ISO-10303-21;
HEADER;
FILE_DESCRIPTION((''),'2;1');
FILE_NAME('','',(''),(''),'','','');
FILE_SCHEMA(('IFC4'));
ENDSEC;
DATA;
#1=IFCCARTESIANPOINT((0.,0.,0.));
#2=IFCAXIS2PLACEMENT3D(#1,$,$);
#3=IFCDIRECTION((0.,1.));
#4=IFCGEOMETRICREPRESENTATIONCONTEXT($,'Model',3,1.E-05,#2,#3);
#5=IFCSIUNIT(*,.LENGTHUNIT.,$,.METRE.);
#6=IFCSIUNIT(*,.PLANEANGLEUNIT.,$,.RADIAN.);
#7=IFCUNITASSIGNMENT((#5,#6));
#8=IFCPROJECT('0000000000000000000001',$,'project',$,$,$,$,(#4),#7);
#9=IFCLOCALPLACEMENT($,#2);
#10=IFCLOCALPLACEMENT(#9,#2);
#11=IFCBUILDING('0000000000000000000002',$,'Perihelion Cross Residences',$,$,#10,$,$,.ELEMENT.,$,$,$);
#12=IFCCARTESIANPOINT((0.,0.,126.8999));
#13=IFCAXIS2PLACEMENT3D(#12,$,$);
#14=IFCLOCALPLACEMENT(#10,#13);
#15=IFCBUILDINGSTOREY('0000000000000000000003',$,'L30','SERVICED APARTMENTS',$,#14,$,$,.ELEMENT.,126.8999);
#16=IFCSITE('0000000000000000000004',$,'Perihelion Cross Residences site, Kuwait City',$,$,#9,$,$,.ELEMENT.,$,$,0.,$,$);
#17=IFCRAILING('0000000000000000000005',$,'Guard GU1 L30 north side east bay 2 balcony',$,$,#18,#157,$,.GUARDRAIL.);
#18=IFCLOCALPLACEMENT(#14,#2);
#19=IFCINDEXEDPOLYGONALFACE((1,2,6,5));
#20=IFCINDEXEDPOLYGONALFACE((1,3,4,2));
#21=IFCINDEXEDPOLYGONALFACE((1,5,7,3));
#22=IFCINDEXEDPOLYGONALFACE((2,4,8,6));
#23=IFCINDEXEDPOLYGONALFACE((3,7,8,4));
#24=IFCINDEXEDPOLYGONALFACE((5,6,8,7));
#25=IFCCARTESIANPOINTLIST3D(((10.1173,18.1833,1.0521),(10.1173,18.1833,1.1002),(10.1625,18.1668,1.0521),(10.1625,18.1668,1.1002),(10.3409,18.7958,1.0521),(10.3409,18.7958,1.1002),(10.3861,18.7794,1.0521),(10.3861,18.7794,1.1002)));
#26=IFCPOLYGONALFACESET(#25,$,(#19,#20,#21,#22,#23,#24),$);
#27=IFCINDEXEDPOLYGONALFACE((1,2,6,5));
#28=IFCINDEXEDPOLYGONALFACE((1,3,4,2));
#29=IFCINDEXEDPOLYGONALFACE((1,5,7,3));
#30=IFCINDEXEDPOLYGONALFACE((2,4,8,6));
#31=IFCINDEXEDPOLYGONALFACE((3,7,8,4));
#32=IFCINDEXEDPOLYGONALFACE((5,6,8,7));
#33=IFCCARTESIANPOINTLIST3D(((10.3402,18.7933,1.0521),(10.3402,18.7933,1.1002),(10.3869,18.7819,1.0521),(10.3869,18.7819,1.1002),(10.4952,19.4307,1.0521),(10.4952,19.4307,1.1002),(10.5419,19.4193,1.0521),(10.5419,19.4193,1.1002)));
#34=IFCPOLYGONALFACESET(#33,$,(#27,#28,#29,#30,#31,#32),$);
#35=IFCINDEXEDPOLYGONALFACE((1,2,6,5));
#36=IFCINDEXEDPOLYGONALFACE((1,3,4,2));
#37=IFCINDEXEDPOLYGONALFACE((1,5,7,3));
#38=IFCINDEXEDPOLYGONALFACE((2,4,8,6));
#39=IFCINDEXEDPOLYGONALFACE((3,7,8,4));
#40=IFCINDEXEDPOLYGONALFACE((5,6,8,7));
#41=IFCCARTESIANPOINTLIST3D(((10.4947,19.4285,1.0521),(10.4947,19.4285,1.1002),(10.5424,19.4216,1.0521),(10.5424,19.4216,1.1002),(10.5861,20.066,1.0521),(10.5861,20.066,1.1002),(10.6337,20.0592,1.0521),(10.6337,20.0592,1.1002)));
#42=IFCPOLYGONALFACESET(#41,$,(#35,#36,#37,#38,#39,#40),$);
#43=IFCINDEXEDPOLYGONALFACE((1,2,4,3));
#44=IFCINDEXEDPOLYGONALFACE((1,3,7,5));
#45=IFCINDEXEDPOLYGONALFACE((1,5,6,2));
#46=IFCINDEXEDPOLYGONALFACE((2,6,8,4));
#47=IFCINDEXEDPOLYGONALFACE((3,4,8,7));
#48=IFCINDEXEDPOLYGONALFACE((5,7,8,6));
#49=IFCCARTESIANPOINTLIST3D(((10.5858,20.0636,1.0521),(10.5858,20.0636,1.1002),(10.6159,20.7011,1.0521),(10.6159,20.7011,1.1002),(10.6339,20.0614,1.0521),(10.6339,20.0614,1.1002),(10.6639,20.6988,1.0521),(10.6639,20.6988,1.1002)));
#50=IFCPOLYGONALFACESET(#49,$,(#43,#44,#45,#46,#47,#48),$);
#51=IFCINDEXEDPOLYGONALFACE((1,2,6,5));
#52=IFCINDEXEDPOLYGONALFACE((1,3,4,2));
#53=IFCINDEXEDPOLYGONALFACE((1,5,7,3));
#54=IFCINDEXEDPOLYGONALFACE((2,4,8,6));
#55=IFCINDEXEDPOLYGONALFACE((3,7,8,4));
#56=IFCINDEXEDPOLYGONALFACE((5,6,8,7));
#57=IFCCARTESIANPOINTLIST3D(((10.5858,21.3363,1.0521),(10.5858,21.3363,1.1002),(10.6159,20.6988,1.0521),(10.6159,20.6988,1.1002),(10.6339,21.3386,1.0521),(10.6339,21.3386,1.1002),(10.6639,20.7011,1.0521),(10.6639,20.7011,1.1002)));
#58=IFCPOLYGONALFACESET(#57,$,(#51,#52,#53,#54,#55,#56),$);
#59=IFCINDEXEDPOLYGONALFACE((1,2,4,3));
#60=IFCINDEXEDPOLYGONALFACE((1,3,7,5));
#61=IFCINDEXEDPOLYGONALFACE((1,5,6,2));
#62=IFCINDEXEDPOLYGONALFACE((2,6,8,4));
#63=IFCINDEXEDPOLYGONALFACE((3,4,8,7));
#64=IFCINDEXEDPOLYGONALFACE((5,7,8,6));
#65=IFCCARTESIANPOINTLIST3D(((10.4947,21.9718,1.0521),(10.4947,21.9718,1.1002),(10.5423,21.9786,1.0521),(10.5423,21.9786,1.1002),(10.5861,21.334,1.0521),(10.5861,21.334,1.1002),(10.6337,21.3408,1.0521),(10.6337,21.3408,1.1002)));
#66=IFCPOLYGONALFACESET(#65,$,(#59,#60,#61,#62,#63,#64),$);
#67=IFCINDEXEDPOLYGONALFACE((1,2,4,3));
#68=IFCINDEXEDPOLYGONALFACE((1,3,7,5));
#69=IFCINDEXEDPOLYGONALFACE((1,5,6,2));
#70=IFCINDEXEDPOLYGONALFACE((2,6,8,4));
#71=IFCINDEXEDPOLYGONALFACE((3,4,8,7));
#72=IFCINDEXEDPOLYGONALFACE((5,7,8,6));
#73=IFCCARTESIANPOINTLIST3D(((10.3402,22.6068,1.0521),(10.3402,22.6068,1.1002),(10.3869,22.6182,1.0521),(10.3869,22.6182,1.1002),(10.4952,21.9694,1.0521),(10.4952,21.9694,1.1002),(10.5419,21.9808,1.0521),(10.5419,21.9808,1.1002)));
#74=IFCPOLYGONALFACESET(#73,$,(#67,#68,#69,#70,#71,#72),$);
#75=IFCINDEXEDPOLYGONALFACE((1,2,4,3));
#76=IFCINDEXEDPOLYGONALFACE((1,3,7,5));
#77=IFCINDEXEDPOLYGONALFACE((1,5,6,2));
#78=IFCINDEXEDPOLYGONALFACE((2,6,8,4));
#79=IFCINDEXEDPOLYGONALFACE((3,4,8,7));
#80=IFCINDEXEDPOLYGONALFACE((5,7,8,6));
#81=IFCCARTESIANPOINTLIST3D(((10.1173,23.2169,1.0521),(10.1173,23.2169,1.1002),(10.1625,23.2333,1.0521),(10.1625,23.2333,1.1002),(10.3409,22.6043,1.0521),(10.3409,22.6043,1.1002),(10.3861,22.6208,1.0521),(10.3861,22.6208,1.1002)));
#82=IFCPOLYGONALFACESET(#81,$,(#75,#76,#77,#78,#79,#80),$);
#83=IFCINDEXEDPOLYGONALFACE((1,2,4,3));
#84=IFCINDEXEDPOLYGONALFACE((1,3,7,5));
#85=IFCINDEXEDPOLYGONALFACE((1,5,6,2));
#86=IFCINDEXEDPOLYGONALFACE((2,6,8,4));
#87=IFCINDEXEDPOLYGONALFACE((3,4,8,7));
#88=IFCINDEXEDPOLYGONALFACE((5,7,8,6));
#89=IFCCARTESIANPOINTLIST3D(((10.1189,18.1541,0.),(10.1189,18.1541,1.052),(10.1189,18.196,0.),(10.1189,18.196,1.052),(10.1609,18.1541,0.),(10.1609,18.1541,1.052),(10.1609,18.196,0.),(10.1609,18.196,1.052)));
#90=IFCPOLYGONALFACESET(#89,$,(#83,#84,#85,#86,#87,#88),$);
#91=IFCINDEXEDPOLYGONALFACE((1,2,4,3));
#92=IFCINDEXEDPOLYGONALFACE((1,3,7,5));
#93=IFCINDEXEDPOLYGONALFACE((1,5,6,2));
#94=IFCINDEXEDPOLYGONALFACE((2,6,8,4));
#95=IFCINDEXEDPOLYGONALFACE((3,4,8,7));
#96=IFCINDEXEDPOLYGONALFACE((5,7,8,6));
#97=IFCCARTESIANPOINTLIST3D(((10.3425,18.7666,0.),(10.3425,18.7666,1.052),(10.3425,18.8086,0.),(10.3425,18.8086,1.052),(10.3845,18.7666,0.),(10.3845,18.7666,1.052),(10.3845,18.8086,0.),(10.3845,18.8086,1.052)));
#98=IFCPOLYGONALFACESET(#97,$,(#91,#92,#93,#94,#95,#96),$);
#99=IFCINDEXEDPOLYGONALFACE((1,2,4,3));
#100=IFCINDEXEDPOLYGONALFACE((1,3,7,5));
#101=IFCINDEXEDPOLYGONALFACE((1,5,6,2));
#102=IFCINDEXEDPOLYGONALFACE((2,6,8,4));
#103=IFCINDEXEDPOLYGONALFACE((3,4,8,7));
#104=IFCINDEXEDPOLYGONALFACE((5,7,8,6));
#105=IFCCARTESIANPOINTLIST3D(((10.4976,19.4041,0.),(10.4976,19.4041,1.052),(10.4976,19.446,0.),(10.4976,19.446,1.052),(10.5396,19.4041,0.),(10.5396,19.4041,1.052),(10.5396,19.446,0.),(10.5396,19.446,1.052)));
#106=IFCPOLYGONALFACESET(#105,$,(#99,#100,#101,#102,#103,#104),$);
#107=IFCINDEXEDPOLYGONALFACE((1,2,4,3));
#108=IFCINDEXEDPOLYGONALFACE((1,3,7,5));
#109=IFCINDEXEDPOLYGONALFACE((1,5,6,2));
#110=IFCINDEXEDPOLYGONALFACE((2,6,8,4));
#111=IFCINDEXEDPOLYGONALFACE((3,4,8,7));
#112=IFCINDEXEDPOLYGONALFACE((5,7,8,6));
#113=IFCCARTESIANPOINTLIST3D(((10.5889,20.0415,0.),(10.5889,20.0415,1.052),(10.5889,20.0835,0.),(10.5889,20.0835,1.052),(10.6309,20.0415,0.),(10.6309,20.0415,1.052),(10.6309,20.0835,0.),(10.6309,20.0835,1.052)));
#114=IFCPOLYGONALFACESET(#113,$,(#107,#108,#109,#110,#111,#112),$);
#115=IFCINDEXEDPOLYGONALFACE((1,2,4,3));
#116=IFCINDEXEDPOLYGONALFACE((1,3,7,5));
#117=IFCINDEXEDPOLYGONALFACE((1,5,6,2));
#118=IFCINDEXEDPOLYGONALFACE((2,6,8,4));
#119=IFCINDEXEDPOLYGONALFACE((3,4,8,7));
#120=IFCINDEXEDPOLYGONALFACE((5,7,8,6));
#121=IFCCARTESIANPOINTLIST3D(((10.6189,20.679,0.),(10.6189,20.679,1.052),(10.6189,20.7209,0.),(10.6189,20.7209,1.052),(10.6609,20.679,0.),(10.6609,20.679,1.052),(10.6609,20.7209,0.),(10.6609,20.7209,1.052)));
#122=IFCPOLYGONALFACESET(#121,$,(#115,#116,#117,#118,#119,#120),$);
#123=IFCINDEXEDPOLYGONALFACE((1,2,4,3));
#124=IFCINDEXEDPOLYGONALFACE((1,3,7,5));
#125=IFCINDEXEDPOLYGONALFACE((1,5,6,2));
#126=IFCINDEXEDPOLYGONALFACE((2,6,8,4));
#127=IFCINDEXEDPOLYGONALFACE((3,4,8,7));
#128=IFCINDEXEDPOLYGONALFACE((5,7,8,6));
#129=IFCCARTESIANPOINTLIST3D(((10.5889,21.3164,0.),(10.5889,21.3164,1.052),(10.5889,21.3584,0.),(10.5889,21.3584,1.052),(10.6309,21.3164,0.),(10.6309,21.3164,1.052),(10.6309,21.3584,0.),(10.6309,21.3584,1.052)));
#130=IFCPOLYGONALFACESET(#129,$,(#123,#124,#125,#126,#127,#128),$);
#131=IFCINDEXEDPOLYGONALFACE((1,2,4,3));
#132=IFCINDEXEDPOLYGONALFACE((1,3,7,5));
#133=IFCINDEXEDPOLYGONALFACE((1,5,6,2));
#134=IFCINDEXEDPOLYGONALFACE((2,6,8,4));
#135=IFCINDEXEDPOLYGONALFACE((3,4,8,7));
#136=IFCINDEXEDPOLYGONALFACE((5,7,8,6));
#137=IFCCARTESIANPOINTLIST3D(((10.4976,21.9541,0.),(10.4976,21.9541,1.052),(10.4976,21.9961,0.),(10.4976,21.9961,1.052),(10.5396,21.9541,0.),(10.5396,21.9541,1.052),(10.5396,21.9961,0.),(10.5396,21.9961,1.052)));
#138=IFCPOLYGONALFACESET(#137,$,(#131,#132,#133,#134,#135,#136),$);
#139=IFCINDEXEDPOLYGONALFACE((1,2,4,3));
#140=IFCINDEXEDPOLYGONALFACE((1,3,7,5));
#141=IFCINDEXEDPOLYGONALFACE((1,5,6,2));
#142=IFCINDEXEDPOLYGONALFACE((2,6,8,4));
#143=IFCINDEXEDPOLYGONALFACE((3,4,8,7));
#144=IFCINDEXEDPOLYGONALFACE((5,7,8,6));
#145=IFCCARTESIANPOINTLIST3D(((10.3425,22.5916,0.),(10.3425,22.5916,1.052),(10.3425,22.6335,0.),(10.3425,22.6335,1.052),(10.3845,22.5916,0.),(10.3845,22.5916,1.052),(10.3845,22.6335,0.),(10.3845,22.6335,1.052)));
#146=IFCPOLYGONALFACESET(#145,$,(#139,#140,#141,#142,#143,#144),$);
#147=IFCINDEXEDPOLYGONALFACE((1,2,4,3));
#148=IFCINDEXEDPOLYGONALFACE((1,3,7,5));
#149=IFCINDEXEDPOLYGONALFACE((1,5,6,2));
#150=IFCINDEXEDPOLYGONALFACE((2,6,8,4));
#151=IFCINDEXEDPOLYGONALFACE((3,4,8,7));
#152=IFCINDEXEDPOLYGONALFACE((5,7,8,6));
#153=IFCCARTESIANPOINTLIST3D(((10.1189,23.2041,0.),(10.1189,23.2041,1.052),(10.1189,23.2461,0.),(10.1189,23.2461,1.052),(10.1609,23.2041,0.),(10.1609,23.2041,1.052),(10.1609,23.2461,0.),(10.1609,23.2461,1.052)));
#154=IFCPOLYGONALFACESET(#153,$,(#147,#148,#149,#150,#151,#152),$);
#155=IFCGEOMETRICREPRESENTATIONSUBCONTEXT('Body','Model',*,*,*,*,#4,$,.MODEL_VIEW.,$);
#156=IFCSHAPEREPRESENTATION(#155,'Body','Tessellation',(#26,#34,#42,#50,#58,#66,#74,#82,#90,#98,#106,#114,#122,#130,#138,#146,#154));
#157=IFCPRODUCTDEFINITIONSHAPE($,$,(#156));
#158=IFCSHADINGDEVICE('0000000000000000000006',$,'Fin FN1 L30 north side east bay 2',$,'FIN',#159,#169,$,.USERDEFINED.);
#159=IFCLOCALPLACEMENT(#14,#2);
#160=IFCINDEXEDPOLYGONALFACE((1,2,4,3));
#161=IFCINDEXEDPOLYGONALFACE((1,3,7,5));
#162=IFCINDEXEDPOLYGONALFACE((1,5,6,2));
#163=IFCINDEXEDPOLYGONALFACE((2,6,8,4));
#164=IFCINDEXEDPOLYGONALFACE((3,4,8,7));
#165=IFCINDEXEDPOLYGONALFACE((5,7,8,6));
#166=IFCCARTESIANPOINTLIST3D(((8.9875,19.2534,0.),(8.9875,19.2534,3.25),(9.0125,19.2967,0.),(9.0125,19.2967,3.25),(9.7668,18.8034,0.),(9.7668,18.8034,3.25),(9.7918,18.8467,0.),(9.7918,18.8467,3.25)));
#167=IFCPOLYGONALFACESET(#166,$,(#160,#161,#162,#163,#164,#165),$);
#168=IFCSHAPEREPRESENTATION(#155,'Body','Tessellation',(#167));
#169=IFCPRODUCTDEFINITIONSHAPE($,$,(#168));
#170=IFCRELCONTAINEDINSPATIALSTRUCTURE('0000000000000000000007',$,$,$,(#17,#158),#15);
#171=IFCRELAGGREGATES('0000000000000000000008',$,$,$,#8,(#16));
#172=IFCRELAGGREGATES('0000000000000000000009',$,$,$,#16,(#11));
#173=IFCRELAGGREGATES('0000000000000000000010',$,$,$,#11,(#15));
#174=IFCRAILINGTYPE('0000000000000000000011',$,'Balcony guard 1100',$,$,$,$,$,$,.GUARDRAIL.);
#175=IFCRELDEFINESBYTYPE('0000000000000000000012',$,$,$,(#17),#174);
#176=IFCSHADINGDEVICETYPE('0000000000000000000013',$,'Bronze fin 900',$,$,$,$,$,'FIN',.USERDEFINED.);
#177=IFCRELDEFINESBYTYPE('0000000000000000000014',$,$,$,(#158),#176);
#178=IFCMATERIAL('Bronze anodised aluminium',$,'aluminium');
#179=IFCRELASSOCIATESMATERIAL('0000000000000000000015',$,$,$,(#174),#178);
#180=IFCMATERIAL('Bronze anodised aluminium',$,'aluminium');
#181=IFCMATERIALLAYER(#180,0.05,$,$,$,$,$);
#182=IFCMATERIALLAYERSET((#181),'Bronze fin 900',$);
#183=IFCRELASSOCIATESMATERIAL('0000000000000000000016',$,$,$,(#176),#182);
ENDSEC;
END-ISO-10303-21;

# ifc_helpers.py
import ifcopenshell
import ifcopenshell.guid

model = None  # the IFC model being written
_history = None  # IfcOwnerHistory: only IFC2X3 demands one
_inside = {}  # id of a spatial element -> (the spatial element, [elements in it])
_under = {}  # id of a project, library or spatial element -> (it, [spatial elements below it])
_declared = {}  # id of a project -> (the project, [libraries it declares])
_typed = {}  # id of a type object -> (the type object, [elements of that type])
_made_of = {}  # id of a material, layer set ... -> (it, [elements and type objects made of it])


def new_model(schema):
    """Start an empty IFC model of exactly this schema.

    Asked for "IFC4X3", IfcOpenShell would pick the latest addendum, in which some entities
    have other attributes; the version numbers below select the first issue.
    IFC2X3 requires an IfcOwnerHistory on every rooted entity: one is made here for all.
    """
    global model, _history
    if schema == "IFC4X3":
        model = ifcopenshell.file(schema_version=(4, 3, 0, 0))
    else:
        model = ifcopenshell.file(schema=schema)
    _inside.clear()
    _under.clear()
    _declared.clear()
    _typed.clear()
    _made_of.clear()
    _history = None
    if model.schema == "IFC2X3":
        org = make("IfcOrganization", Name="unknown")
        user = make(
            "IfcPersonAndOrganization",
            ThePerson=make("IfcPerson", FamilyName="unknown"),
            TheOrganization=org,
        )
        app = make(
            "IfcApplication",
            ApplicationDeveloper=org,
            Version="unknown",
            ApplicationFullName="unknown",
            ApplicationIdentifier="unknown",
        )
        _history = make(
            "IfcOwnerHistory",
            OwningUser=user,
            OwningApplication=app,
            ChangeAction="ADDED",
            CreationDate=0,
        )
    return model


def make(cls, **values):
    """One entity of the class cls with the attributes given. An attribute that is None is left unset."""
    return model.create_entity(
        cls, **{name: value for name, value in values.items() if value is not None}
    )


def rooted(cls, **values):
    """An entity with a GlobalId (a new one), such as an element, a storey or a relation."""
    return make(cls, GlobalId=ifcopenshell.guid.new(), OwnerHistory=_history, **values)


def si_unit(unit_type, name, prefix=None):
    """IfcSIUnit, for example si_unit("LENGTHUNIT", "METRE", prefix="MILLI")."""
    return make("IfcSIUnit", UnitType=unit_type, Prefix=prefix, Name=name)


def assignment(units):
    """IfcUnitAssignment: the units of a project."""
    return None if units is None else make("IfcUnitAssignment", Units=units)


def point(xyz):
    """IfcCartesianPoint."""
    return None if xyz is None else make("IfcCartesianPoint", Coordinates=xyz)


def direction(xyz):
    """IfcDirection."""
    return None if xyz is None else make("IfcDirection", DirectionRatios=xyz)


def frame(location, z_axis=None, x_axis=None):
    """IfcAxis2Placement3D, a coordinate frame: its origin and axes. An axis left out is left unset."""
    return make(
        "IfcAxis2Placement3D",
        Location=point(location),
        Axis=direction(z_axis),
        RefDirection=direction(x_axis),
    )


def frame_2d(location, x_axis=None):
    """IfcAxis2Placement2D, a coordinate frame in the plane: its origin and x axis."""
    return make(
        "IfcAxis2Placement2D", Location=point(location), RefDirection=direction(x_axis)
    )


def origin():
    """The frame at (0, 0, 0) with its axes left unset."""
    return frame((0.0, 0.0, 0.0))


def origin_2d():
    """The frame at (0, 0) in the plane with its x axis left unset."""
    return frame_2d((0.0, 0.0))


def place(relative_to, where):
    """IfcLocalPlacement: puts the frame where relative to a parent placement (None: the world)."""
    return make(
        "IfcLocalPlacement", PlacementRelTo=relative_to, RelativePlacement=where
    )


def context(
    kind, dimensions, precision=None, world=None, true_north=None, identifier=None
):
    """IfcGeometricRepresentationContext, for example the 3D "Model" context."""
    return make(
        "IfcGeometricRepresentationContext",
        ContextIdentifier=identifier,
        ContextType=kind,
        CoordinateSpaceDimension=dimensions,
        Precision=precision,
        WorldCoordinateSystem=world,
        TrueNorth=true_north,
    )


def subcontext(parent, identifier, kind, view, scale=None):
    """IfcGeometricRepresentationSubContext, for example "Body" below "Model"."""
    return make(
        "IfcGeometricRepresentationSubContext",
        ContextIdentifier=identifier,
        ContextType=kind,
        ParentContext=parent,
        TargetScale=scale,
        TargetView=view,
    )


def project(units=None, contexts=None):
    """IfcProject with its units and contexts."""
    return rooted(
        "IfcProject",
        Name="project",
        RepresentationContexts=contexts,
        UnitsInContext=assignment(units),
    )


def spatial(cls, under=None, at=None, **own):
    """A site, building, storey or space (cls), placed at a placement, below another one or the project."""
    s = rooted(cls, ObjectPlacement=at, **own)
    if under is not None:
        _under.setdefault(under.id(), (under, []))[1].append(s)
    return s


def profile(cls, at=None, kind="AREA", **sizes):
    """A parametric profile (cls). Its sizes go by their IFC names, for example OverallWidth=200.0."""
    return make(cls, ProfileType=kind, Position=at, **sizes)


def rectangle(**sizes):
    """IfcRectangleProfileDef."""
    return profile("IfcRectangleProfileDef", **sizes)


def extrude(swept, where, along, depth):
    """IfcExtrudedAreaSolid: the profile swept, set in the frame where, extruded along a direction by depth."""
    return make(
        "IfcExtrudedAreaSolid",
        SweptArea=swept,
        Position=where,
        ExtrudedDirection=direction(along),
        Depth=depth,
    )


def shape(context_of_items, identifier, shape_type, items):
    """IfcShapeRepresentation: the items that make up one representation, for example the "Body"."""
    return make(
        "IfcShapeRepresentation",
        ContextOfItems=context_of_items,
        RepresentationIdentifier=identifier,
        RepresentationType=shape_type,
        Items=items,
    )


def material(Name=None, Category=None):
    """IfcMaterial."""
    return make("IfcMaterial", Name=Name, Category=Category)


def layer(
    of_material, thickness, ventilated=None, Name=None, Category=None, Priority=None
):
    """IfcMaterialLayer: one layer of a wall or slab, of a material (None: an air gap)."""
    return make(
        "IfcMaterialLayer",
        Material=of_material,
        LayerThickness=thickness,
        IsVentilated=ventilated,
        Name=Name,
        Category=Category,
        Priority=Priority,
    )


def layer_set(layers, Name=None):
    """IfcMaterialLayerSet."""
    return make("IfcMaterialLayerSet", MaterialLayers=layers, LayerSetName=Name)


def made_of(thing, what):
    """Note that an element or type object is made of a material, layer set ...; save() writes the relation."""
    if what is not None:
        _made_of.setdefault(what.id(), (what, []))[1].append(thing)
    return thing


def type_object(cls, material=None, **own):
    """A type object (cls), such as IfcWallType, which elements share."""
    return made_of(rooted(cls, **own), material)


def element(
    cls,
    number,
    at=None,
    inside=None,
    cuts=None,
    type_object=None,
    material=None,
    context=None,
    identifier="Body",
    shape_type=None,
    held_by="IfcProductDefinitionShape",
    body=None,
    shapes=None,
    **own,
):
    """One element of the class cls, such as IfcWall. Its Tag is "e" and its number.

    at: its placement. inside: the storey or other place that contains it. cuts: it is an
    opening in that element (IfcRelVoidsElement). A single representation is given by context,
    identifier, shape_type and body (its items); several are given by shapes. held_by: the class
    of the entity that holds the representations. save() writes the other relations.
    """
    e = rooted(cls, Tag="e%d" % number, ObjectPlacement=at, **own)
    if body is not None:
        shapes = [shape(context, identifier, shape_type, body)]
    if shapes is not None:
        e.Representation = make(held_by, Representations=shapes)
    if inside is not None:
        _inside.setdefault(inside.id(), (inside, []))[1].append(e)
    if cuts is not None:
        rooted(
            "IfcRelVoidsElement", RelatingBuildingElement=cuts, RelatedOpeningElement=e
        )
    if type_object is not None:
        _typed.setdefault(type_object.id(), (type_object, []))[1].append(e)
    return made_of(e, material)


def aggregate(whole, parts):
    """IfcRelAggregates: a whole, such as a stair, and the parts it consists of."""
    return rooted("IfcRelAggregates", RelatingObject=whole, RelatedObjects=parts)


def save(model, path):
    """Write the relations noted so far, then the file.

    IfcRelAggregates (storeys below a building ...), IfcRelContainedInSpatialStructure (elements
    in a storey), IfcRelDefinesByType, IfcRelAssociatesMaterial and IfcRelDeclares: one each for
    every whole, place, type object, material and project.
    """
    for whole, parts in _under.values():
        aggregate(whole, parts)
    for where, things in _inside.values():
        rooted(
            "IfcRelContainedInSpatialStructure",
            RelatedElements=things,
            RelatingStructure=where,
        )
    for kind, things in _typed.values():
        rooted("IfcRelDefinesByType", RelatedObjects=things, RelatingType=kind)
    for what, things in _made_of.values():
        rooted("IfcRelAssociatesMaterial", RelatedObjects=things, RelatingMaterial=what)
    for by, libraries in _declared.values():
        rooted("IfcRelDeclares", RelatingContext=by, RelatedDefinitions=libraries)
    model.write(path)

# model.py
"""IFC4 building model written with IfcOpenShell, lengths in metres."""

from ifc_helpers import new_model, si_unit, direction, frame, origin, origin_2d, place, context, subcontext, project, spatial, rectangle, extrude, material, layer, layer_set, type_object, element, save


model = new_model("IFC4")

# Units and contexts
model_context = context("Model", 3, precision=1e-05, world=origin(), true_north=direction((0.0, 1.0)))
body_context = subcontext(model_context, "Body", "Model", "MODEL_VIEW")
ifc_project = project(units=[si_unit("LENGTHUNIT", "METRE"), si_unit("PLANEANGLEUNIT", "RADIAN")], contexts=[model_context])

# Site, building, storey
site_placement = place(None, origin())
site = spatial("IfcSite", under=ifc_project, at=site_placement, Name="Perihelion Cross Residences site, Kuwait City", CompositionType="ELEMENT", RefElevation=0.0)
building_placement = place(site_placement, origin())
building = spatial("IfcBuilding", under=site, at=building_placement, Name="Perihelion Cross Residences", CompositionType="ELEMENT")
storey_placement = place(building_placement, frame((0.0, 0.0, 126.8999)))
storey = spatial("IfcBuildingStorey", under=building, at=storey_placement, Name="L30", Description="SERVICED APARTMENTS", CompositionType="ELEMENT", Elevation=126.8999)

# Railing
ifc_material_1 = material(Name="Bronze anodised aluminium", Category="aluminium")
railing_type = type_object("IfcRailingType", Name="Balcony guard 1100", PredefinedType="GUARDRAIL", material=ifc_material_1)
railing_1_placement = place(storey_placement, frame((10.1399, 18.175, 0.0)))
element("IfcRailing", 1, at=railing_1_placement, inside=storey, type_object=railing_type, Name="Guard GU1 L30 north side east bay 2 balcony", PredefinedType="GUARDRAIL", context=body_context, shape_type="SweptSolid", body=[
    extrude(rectangle(XDim=0.0481, YDim=0.0481, at=origin_2d()), frame((0.0, 0.0, 1.0762), z_axis=(0.342945, 0.939355, 0.0), x_axis=(-0.939355, 0.342945, 0.0)), (0.0, 0.0, 1.0), 0.6521),
    extrude(rectangle(XDim=0.0481, YDim=0.0481, at=origin_2d()), frame((0.2236, 0.6125, 1.0762), z_axis=(0.236314, 0.971677, 0.0), x_axis=(-0.971677, 0.236314, 0.0)), (0.0, 0.0, 1.0), 0.656),
    extrude(rectangle(XDim=0.0481, YDim=0.0481, at=origin_2d()), frame((0.3787, 1.25, 1.0762), z_axis=(0.141793, 0.989896, 0.0), x_axis=(-0.989896, 0.141793, 0.0)), (0.0, 0.0, 1.0), 0.644),
    extrude(rectangle(XDim=0.0481, YDim=0.0481, at=origin_2d()), frame((0.47, 1.8875, 1.0762), z_axis=(0.047056, 0.998892, 0.0), x_axis=(-0.998892, 0.047056, 0.0)), (0.0, 0.0, 1.0), 0.6382),
    extrude(rectangle(XDim=0.0481, YDim=0.0481, at=origin_2d()), frame((0.5, 2.5249, 1.0762), z_axis=(-0.047056, 0.998892, 0.0), x_axis=(-0.998892, -0.047056, 0.0)), (0.0, 0.0, 1.0), 0.6382),
    extrude(rectangle(XDim=0.0481, YDim=0.0481, at=origin_2d()), frame((0.47, 3.1624, 1.0762), z_axis=(-0.14174, 0.989904, 0.0), x_axis=(-0.989904, -0.14174, 0.0)), (0.0, 0.0, 1.0), 0.6443),
    extrude(rectangle(XDim=0.0481, YDim=0.0481, at=origin_2d()), frame((0.3787, 3.8, 1.0762), z_axis=(-0.236314, 0.971677, 0.0), x_axis=(-0.971677, -0.236314, 0.0)), (0.0, 0.0, 1.0), 0.656),
    extrude(rectangle(XDim=0.0481, YDim=0.0481, at=origin_2d()), frame((0.2236, 4.4375, 1.0762), z_axis=(-0.342945, 0.939355, 0.0), x_axis=(-0.939355, -0.342945, 0.0)), (0.0, 0.0, 1.0), 0.6521),
    extrude(rectangle(XDim=0.042, YDim=0.042, at=origin_2d()), origin(), (0.0, 0.0, 1.0), 1.052),
    extrude(rectangle(XDim=0.042, YDim=0.042, at=origin_2d()), frame((0.2236, 0.6125, 0.0)), (0.0, 0.0, 1.0), 1.052),
    extrude(rectangle(XDim=0.042, YDim=0.042, at=origin_2d()), frame((0.3787, 1.25, 0.0)), (0.0, 0.0, 1.0), 1.052),
    extrude(rectangle(XDim=0.042, YDim=0.042, at=origin_2d()), frame((0.47, 1.8875, 0.0)), (0.0, 0.0, 1.0), 1.052),
    extrude(rectangle(XDim=0.042, YDim=0.042, at=origin_2d()), frame((0.5, 2.5249, 0.0)), (0.0, 0.0, 1.0), 1.052),
    extrude(rectangle(XDim=0.042, YDim=0.042, at=origin_2d()), frame((0.47, 3.1624, 0.0)), (0.0, 0.0, 1.0), 1.052),
    extrude(rectangle(XDim=0.042, YDim=0.042, at=origin_2d()), frame((0.3787, 3.8, 0.0)), (0.0, 0.0, 1.0), 1.052),
    extrude(rectangle(XDim=0.042, YDim=0.042, at=origin_2d()), frame((0.2236, 4.4375, 0.0)), (0.0, 0.0, 1.0), 1.052),
    extrude(rectangle(XDim=0.042, YDim=0.042, at=origin_2d()), frame((0.0, 5.05, 0.0)), (0.0, 0.0, 1.0), 1.052),
])

# Shading device
ifc_material_2 = material(Name="Bronze anodised aluminium", Category="aluminium")
ifc_layer_1 = layer(ifc_material_2, 0.05)
ifc_layer_set_1 = layer_set([ifc_layer_1], Name="Bronze fin 900")
shading_device_type = type_object("IfcShadingDeviceType", Name="Bronze fin 900", ElementType="FIN", PredefinedType="USERDEFINED", material=ifc_layer_set_1)
shading_device_placement = place(storey_placement, frame((9.3896, 19.05, 0.0), z_axis=(0.0, 0.0, 1.0), x_axis=(0.866025, -0.5, 0.0)))
element("IfcShadingDevice", 2, at=shading_device_placement, inside=storey, type_object=shading_device_type, Name="Fin FN1 L30 north side east bay 2", ObjectType="FIN", PredefinedType="USERDEFINED", context=body_context, shape_type="SweptSolid", body=[
    extrude(rectangle(XDim=0.8999, YDim=0.05, at=origin_2d()), origin(), (0.0, 0.0, 1.0), 3.25),
])

save(model, "model.ifc")
